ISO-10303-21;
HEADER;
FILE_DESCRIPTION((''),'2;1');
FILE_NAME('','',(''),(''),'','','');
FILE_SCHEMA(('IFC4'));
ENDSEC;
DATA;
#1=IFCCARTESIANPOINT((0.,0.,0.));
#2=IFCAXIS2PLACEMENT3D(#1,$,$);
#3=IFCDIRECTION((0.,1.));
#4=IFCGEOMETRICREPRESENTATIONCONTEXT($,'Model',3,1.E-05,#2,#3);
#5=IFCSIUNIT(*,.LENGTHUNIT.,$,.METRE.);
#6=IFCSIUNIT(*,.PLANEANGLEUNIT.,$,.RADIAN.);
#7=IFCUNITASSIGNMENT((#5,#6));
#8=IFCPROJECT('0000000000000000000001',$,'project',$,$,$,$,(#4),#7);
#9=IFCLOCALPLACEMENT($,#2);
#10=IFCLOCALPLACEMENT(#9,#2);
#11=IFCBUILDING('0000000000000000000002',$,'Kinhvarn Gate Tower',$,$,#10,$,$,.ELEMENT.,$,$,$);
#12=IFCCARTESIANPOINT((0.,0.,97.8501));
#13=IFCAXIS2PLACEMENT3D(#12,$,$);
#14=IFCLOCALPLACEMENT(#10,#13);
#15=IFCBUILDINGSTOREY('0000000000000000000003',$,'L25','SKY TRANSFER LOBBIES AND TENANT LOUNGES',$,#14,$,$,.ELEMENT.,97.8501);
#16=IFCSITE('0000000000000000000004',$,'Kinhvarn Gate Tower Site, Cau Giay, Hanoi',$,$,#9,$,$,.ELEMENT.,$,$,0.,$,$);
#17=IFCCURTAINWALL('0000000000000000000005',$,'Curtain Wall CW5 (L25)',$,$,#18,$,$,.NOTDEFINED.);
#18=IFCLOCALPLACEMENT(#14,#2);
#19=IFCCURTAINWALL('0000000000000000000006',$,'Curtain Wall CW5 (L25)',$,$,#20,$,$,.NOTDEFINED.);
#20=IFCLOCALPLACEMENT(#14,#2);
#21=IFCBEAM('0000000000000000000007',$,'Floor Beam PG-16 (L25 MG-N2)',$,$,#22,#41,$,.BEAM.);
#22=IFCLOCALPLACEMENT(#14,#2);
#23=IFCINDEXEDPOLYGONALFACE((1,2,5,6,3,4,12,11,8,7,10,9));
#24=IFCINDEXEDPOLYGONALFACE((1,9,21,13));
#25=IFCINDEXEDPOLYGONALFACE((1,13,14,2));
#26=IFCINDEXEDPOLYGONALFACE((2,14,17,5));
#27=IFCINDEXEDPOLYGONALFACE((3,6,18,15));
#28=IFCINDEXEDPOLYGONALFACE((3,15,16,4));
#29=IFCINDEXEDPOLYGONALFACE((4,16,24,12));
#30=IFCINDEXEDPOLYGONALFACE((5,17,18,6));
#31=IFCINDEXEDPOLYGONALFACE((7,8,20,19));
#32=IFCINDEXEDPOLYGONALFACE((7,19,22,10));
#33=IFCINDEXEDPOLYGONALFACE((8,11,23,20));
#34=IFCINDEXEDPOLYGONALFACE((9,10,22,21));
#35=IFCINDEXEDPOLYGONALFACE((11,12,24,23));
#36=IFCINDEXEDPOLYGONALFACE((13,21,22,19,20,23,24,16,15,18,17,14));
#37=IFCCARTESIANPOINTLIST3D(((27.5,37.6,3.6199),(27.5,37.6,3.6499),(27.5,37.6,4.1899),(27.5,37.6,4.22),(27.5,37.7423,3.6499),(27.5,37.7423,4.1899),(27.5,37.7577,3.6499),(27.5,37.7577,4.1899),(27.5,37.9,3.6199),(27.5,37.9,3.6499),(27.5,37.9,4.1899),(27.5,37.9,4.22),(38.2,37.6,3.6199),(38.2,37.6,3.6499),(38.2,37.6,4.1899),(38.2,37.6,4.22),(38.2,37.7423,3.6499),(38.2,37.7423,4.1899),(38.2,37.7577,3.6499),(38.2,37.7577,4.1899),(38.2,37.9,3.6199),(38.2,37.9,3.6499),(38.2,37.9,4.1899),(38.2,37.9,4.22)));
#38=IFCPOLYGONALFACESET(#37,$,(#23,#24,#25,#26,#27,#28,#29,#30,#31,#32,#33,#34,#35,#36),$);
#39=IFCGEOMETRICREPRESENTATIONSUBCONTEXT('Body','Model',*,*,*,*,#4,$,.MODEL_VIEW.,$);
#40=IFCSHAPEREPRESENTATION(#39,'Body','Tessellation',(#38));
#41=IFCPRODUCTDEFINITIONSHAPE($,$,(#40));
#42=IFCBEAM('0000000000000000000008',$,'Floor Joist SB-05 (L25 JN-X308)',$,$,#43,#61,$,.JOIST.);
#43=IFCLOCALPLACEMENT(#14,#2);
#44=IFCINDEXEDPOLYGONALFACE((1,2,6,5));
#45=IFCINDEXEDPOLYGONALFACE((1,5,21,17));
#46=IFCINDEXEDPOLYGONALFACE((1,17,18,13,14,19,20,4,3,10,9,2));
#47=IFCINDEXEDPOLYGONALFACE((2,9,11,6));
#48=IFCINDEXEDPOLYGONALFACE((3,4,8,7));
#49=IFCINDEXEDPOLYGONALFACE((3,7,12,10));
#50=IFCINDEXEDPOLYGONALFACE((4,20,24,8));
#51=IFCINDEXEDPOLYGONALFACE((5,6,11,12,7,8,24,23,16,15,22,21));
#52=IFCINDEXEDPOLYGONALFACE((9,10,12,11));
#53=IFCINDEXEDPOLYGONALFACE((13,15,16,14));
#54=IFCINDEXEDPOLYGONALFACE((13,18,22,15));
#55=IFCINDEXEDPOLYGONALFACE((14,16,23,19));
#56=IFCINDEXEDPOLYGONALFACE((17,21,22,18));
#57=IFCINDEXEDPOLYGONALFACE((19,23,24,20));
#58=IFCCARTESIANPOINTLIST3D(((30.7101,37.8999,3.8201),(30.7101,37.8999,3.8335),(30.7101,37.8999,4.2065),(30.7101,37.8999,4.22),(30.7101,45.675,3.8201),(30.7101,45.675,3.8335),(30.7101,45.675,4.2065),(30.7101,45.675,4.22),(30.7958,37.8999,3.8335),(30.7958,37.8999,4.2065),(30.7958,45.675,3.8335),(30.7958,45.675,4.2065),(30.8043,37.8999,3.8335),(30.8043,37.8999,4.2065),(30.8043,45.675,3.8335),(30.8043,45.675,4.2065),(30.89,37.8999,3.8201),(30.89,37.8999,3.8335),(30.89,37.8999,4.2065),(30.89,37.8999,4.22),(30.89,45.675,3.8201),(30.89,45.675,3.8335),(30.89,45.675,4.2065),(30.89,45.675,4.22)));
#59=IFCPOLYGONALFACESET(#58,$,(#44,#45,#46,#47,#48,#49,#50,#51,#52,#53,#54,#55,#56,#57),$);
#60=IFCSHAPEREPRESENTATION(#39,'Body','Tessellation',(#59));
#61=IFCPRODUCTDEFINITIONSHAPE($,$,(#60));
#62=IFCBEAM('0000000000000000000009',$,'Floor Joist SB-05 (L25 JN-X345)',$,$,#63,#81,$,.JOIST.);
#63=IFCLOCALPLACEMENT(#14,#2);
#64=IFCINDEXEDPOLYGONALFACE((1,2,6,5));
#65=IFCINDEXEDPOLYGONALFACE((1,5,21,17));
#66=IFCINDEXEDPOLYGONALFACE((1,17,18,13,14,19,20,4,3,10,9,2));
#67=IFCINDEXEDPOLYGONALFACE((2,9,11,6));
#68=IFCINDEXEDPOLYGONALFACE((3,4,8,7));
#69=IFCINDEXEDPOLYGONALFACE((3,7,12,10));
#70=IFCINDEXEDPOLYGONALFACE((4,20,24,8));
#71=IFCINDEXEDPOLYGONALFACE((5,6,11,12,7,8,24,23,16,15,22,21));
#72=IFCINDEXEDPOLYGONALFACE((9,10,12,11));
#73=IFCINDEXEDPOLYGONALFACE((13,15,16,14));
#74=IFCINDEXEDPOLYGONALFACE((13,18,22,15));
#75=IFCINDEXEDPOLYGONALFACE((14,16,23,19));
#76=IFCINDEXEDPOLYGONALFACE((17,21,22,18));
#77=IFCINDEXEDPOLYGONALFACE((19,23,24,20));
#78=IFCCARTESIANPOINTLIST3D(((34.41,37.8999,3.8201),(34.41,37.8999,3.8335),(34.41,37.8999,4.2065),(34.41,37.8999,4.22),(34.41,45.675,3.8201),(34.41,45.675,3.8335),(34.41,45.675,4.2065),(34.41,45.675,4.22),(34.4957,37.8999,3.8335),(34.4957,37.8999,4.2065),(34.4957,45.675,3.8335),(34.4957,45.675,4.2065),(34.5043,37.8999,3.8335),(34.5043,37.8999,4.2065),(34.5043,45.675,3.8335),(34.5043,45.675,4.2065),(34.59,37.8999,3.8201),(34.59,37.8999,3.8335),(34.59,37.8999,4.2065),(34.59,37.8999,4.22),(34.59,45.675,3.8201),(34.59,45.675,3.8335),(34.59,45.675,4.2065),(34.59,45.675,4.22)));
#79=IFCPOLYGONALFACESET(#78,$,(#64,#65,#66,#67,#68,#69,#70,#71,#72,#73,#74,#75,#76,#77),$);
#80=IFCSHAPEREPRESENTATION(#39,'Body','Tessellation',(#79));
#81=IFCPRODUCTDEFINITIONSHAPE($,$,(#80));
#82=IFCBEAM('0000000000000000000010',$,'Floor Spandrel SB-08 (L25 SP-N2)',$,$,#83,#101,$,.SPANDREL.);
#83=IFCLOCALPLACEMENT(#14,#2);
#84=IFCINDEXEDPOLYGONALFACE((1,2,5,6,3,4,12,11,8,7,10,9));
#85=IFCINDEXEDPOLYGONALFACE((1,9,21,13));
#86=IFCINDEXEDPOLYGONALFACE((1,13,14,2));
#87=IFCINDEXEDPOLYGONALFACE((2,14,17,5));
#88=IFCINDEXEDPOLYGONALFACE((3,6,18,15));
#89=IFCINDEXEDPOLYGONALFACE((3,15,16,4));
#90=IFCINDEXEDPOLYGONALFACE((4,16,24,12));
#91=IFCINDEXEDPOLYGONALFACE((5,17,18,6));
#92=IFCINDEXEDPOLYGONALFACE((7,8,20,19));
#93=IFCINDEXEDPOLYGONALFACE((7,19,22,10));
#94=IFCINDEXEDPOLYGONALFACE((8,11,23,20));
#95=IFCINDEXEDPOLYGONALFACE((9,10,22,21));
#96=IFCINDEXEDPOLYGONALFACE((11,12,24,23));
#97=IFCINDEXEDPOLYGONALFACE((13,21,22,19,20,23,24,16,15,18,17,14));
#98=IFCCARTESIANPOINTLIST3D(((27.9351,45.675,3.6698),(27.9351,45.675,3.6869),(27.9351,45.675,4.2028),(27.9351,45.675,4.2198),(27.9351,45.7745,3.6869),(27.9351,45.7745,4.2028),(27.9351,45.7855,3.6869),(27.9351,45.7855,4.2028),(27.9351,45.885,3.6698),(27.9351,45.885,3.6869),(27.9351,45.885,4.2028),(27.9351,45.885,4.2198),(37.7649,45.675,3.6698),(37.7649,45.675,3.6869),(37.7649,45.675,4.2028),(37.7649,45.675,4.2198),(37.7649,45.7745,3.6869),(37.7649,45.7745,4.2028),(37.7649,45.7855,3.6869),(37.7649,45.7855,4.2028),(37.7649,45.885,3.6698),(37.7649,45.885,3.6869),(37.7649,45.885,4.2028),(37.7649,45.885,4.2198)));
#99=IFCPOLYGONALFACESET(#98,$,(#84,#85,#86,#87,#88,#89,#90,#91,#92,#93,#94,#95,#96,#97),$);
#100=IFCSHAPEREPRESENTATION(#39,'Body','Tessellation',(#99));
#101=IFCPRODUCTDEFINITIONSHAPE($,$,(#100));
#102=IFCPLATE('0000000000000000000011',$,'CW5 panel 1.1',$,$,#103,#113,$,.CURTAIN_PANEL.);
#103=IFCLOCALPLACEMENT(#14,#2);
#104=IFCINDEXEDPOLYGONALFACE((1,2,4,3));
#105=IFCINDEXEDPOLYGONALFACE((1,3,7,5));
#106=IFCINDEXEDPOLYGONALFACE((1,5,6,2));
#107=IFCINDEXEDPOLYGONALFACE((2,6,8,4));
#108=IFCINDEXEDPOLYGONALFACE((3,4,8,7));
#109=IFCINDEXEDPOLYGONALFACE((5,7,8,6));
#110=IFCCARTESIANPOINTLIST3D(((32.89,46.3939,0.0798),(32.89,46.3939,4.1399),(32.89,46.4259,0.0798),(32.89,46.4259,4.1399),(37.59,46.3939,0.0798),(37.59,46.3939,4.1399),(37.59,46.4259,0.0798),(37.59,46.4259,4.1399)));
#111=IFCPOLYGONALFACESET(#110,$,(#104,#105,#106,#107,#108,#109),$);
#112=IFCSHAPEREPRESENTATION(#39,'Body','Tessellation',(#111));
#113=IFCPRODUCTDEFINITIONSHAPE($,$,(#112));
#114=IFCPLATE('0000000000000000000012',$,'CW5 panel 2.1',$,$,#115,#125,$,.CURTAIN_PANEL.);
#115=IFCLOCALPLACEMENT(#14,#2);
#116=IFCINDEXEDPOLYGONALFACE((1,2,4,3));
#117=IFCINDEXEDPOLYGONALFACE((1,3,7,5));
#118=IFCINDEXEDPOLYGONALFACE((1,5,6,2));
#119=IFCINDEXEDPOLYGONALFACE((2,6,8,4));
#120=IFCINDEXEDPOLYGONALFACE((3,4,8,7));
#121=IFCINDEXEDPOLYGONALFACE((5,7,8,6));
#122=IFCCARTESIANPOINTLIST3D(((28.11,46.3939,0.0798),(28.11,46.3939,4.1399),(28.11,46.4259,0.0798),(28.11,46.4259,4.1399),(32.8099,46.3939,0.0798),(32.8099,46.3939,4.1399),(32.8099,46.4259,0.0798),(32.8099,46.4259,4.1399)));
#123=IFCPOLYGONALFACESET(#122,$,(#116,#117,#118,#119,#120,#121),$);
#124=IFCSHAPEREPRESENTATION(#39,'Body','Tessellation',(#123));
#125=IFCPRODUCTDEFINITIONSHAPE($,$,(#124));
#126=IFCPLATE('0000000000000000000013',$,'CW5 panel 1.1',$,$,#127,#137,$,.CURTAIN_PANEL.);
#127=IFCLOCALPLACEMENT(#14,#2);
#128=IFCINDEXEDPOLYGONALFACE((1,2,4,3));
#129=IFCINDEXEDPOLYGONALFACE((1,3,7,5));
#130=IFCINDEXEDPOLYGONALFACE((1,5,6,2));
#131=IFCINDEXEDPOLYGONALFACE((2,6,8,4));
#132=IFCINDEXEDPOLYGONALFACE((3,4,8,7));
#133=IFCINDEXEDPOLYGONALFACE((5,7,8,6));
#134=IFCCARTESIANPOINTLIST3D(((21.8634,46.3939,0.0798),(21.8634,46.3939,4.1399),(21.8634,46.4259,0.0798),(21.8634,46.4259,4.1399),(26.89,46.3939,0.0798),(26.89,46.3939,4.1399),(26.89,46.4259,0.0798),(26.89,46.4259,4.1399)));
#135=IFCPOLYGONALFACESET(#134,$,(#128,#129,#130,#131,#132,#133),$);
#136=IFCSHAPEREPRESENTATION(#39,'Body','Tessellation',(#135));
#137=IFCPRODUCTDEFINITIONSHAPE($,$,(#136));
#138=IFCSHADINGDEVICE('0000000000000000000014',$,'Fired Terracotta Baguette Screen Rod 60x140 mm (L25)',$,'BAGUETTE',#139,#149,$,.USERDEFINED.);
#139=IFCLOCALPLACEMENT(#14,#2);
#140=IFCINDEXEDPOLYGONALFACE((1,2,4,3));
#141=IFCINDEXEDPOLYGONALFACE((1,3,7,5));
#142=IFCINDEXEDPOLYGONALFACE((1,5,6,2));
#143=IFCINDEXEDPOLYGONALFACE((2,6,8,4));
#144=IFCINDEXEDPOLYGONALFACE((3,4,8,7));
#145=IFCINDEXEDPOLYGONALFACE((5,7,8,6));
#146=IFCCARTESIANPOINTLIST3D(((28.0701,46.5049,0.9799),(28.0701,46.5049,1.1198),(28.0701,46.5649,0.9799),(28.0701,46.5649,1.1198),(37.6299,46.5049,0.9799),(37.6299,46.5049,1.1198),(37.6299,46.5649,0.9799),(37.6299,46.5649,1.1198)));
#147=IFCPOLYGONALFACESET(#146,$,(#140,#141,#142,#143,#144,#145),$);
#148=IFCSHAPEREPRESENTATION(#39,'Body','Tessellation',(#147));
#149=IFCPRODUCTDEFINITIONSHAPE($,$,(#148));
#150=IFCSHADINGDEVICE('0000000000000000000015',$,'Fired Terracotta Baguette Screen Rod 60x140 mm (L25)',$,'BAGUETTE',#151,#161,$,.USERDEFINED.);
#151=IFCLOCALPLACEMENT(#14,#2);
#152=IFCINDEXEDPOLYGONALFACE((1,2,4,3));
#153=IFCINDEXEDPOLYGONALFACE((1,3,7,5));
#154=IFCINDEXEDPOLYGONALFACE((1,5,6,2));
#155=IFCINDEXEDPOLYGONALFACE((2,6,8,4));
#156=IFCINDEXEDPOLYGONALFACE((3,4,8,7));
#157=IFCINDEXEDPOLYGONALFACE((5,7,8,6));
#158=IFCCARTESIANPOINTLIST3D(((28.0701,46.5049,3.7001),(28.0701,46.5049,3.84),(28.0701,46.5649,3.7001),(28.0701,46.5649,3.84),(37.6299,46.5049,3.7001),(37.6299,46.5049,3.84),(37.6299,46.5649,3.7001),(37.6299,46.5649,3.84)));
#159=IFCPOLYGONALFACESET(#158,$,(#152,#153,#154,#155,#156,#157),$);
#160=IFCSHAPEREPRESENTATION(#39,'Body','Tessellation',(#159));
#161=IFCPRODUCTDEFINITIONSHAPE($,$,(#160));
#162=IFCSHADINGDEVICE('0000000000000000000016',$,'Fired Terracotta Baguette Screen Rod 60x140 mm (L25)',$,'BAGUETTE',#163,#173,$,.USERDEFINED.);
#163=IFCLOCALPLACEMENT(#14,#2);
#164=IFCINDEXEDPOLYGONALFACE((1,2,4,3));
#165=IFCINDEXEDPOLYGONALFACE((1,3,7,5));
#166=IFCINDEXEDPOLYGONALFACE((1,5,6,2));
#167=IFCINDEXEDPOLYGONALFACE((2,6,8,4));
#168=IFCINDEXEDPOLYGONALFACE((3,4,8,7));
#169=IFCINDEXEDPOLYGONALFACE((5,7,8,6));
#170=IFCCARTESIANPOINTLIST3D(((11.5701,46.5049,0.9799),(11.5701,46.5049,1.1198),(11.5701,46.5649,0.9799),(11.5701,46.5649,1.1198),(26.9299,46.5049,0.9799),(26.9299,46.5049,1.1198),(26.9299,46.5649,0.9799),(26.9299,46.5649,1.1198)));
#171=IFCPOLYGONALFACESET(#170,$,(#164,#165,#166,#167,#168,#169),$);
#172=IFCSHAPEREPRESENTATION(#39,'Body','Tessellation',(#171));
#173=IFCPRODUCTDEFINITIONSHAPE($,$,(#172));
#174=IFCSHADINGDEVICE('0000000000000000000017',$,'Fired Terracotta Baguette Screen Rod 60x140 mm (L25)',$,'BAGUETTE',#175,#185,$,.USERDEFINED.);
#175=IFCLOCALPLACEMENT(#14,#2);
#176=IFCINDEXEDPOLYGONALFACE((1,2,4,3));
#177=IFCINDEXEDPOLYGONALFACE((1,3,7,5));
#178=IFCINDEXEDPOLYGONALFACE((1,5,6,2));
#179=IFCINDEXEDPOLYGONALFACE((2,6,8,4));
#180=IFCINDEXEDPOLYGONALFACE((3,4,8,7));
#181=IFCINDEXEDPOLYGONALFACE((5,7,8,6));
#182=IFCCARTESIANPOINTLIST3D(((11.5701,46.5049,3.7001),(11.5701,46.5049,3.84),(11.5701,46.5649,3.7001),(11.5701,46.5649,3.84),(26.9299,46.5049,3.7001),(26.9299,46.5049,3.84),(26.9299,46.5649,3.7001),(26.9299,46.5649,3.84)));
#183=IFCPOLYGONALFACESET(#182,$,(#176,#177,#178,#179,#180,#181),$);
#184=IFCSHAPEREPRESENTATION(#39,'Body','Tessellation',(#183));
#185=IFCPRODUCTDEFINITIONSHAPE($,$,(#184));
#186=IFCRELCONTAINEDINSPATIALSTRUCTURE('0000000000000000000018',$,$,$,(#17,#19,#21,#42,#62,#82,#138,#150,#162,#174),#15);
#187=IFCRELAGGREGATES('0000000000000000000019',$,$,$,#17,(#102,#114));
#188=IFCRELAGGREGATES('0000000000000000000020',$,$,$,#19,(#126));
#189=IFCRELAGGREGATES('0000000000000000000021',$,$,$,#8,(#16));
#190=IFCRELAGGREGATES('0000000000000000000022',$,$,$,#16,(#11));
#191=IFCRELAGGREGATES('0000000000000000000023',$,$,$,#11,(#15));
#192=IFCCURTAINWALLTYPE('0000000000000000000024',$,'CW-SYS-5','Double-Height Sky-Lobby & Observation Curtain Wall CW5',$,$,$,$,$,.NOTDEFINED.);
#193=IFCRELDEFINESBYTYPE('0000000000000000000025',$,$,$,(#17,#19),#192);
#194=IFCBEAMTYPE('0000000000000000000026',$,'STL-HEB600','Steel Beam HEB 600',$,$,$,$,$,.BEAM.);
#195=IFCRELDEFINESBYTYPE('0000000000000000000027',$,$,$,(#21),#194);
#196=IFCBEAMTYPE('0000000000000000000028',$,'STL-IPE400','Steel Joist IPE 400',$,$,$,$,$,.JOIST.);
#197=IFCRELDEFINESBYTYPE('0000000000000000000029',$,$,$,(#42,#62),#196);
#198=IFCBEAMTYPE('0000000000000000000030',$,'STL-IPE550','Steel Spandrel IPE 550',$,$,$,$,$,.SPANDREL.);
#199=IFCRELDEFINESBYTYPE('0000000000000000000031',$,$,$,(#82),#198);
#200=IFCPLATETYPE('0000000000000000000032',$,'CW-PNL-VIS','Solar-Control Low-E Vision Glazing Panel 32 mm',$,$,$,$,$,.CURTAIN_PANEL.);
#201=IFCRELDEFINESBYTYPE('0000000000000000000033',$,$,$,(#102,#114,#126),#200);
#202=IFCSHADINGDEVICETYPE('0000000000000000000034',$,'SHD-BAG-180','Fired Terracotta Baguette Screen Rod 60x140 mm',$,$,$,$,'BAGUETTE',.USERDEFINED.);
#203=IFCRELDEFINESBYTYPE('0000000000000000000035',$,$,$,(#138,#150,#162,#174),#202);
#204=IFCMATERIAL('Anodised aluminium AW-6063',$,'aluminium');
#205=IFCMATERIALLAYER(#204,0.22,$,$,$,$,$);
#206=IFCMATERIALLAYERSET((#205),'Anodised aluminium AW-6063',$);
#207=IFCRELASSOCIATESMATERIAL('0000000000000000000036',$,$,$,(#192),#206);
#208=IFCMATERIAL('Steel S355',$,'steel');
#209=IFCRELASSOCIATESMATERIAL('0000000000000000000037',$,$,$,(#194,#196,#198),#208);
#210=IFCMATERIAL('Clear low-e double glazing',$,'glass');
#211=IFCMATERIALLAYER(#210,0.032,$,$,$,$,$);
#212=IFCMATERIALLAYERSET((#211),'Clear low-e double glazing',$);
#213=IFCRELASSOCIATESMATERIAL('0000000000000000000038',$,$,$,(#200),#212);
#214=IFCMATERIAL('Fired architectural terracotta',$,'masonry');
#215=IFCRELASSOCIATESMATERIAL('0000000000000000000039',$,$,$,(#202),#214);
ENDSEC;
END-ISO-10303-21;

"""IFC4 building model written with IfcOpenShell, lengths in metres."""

from ifc_helpers import new_model, si_unit, direction, frame, origin, origin_2d, place, context, subcontext, project, spatial, rectangle, i_section, extrude, material, layer, layer_set, material_profile, profile_set, type_object, element, aggregate, save


model = new_model("IFC4")

# Units and contexts
model_context = context("Model", 3, precision=1e-05, world=origin(), true_north=direction((0.0, 1.0)))
body_context = subcontext(model_context, "Body", "Model", "MODEL_VIEW")
ifc_project = project(units=[si_unit("LENGTHUNIT", "METRE"), si_unit("PLANEANGLEUNIT", "RADIAN")], contexts=[model_context])

# Site, building, storey
site_placement = place(None, origin())
site = spatial("IfcSite", under=ifc_project, at=site_placement, Name="Kinhvarn Gate Tower Site, Cau Giay, Hanoi", CompositionType="ELEMENT", RefElevation=0.0)
building_placement = place(site_placement, origin())
building = spatial("IfcBuilding", under=site, at=building_placement, Name="Kinhvarn Gate Tower", CompositionType="ELEMENT")
storey_placement = place(building_placement, frame((0.0, 0.0, 97.8501)))
storey = spatial("IfcBuildingStorey", under=building, at=storey_placement, Name="L25", Description="SKY TRANSFER LOBBIES AND TENANT LOUNGES", CompositionType="ELEMENT", Elevation=97.8501)

# Curtain wall
ifc_material_1 = material(Name="Anodised aluminium AW-6063", Category="aluminium")
ifc_layer_1 = layer(ifc_material_1, 0.22)
ifc_layer_set_1 = layer_set([ifc_layer_1], Name="Anodised aluminium AW-6063")
curtain_wall_type = type_object("IfcCurtainWallType", Name="CW-SYS-5", Description="Double-Height Sky-Lobby & Observation Curtain Wall CW5", PredefinedType="NOTDEFINED", material=ifc_layer_set_1)
curtain_wall_1_placement = place(storey_placement, origin())
curtain_wall_1 = element("IfcCurtainWall", 1, at=curtain_wall_1_placement, inside=storey, type_object=curtain_wall_type, Name="Curtain Wall CW5 (L25)", PredefinedType="NOTDEFINED")

# Curtain wall
curtain_wall_2_placement = place(storey_placement, origin())
curtain_wall_2 = element("IfcCurtainWall", 2, at=curtain_wall_2_placement, inside=storey, type_object=curtain_wall_type, Name="Curtain Wall CW5 (L25)", PredefinedType="NOTDEFINED")

# Beams
ifc_material_2 = material(Name="Steel S355", Category="steel")
ifc_material_profile_1 = material_profile(ifc_material_2, i_section(OverallWidth=0.3, OverallDepth=0.6001, WebThickness=0.0154, FlangeThickness=0.03, at=origin_2d()), Name="HEB 600")
ifc_profile_set_1 = profile_set([ifc_material_profile_1], Name="Steel S355")
beam_type_1 = type_object("IfcBeamType", Name="STL-HEB600", Description="Steel Beam HEB 600", PredefinedType="BEAM", material=ifc_profile_set_1)
beam_1_placement = place(storey_placement, frame((27.5, 37.75, 3.9199), z_axis=(1.0, 0.0, 0.0), x_axis=(0.0, 1.0, 0.0)))
element("IfcBeam", 3, at=beam_1_placement, inside=storey, type_object=beam_type_1, Name="Floor Beam PG-16 (L25 MG-N2)", PredefinedType="BEAM", context=body_context, shape_type="SweptSolid", body=[
    extrude(i_section(OverallWidth=0.3, OverallDepth=0.6001, WebThickness=0.0154, FlangeThickness=0.03, at=origin_2d()), origin(), (0.0, 0.0, 1.0), 10.7),
])
ifc_material_profile_2 = material_profile(ifc_material_2, i_section(OverallWidth=0.1799, OverallDepth=0.3999, WebThickness=0.0085, FlangeThickness=0.0134, at=origin_2d()), Name="IPE 400")
ifc_profile_set_2 = profile_set([ifc_material_profile_2], Name="Steel S355")
beam_type_2 = type_object("IfcBeamType", Name="STL-IPE400", Description="Steel Joist IPE 400", PredefinedType="JOIST", material=ifc_profile_set_2)
for number, where, z_axis, x_axis, name in (
    (4, (30.8, 37.8999, 4.02), (0.0, 1.0, 0.0), (-1.0, 0.0, 0.0), "Floor Joist SB-05 (L25 JN-X308)"),
    (5, (34.5, 37.8999, 4.02), (0.0, 1.0, 0.0), (-1.0, 0.0, 0.0), "Floor Joist SB-05 (L25 JN-X345)"),
):
    element("IfcBeam", number, at=place(storey_placement, frame(where, z_axis=z_axis, x_axis=x_axis)), inside=storey, type_object=beam_type_2, Name=name, PredefinedType="JOIST", context=body_context, shape_type="SweptSolid", body=[
        extrude(i_section(OverallWidth=0.1799, OverallDepth=0.3999, WebThickness=0.0085, FlangeThickness=0.0134, at=origin_2d()), origin(), (0.0, 0.0, 1.0), 7.7751),
    ])
ifc_material_profile_3 = material_profile(ifc_material_2, i_section(OverallWidth=0.21, OverallDepth=0.55, WebThickness=0.011, FlangeThickness=0.0171, at=origin_2d()), Name="IPE 550")
ifc_profile_set_3 = profile_set([ifc_material_profile_3], Name="Steel S355")
beam_type_3 = type_object("IfcBeamType", Name="STL-IPE550", Description="Steel Spandrel IPE 550", PredefinedType="SPANDREL", material=ifc_profile_set_3)
beam_2_placement = place(storey_placement, frame((27.9351, 45.78, 3.9448), z_axis=(1.0, 0.0, 0.0), x_axis=(0.0, 1.0, 0.0)))
element("IfcBeam", 6, at=beam_2_placement, inside=storey, type_object=beam_type_3, Name="Floor Spandrel SB-08 (L25 SP-N2)", PredefinedType="SPANDREL", context=body_context, shape_type="SweptSolid", body=[
    extrude(i_section(OverallWidth=0.21, OverallDepth=0.55, WebThickness=0.011, FlangeThickness=0.0171, at=origin_2d()), origin(), (0.0, 0.0, 1.0), 9.8298),
])

# Plates
ifc_material_3 = material(Name="Clear low-e double glazing", Category="glass")
ifc_layer_2 = layer(ifc_material_3, 0.032)
ifc_layer_set_2 = layer_set([ifc_layer_2], Name="Clear low-e double glazing")
plate_type = type_object("IfcPlateType", Name="CW-PNL-VIS", Description="Solar-Control Low-E Vision Glazing Panel 32 mm", PredefinedType="CURTAIN_PANEL", material=ifc_layer_set_2)
plate_1_placement = place(storey_placement, frame((35.24, 46.4099, 0.0798), z_axis=(0.0, 0.0, 1.0), x_axis=(-1.0, 0.0, 0.0)))
plate_1 = element("IfcPlate", 7, at=plate_1_placement, type_object=plate_type, Name="CW5 panel 1.1", PredefinedType="CURTAIN_PANEL", context=body_context, shape_type="SweptSolid", body=[
    extrude(rectangle(XDim=4.7, YDim=0.032, at=origin_2d()), origin(), (0.0, 0.0, 1.0), 4.0601),
])
plate_2_placement = place(storey_placement, frame((30.46, 46.4099, 0.0798), z_axis=(0.0, 0.0, 1.0), x_axis=(-1.0, 0.0, 0.0)))
plate_2 = element("IfcPlate", 8, at=plate_2_placement, type_object=plate_type, Name="CW5 panel 2.1", PredefinedType="CURTAIN_PANEL", context=body_context, shape_type="SweptSolid", body=[
    extrude(rectangle(XDim=4.7, YDim=0.032, at=origin_2d()), origin(), (0.0, 0.0, 1.0), 4.0601),
])
aggregate(curtain_wall_1, [plate_1, plate_2])
plate_3_placement = place(storey_placement, frame((24.3767, 46.4099, 0.0798), z_axis=(0.0, 0.0, 1.0), x_axis=(-1.0, 0.0, 0.0)))
plate_3 = element("IfcPlate", 9, at=plate_3_placement, type_object=plate_type, Name="CW5 panel 1.1", PredefinedType="CURTAIN_PANEL", context=body_context, shape_type="SweptSolid", body=[
    extrude(rectangle(XDim=5.0266, YDim=0.032, at=origin_2d()), origin(), (0.0, 0.0, 1.0), 4.0601),
])
aggregate(curtain_wall_2, [plate_3])

# Shading devices
ifc_material_4 = material(Name="Fired architectural terracotta", Category="masonry")
ifc_material_profile_4 = material_profile(ifc_material_4, rectangle(XDim=0.0601, YDim=0.1399, at=origin_2d()), Name="TC 60x140")
ifc_profile_set_4 = profile_set([ifc_material_profile_4], Name="Fired architectural terracotta")
shading_device_type = type_object("IfcShadingDeviceType", Name="SHD-BAG-180", Description="Fired Terracotta Baguette Screen Rod 60x140 mm", ElementType="BAGUETTE", PredefinedType="USERDEFINED", material=ifc_profile_set_4)
for number, where, z_axis, x_axis, name in (
    (10, (37.6299, 46.5349, 1.0498), (-1.0, 0.0, 0.0), (0.0, -1.0, 0.0), "Fired Terracotta Baguette Screen Rod 60x140 mm (L25)"),
    (11, (37.6299, 46.5349, 3.77), (-1.0, 0.0, 0.0), (0.0, -1.0, 0.0), "Fired Terracotta Baguette Screen Rod 60x140 mm (L25)"),
):
    element("IfcShadingDevice", number, at=place(storey_placement, frame(where, z_axis=z_axis, x_axis=x_axis)), inside=storey, type_object=shading_device_type, Name=name, ObjectType="BAGUETTE", PredefinedType="USERDEFINED", context=body_context, shape_type="SweptSolid", body=[
        extrude(rectangle(XDim=0.0601, YDim=0.1399, at=origin_2d()), origin(), (0.0, 0.0, 1.0), 9.5598),
    ])
for number, where, z_axis, x_axis, name in (
    (12, (26.9299, 46.5349, 1.0498), (-1.0, 0.0, 0.0), (0.0, -1.0, 0.0), "Fired Terracotta Baguette Screen Rod 60x140 mm (L25)"),
    (13, (26.9299, 46.5349, 3.77), (-1.0, 0.0, 0.0), (0.0, -1.0, 0.0), "Fired Terracotta Baguette Screen Rod 60x140 mm (L25)"),
):
    element("IfcShadingDevice", number, at=place(storey_placement, frame(where, z_axis=z_axis, x_axis=x_axis)), inside=storey, type_object=shading_device_type, Name=name, ObjectType="BAGUETTE", PredefinedType="USERDEFINED", context=body_context, shape_type="SweptSolid", body=[
        extrude(rectangle(XDim=0.0601, YDim=0.1399, at=origin_2d()), origin(), (0.0, 0.0, 1.0), 15.3599),
    ])

save(model, "model.ifc")
